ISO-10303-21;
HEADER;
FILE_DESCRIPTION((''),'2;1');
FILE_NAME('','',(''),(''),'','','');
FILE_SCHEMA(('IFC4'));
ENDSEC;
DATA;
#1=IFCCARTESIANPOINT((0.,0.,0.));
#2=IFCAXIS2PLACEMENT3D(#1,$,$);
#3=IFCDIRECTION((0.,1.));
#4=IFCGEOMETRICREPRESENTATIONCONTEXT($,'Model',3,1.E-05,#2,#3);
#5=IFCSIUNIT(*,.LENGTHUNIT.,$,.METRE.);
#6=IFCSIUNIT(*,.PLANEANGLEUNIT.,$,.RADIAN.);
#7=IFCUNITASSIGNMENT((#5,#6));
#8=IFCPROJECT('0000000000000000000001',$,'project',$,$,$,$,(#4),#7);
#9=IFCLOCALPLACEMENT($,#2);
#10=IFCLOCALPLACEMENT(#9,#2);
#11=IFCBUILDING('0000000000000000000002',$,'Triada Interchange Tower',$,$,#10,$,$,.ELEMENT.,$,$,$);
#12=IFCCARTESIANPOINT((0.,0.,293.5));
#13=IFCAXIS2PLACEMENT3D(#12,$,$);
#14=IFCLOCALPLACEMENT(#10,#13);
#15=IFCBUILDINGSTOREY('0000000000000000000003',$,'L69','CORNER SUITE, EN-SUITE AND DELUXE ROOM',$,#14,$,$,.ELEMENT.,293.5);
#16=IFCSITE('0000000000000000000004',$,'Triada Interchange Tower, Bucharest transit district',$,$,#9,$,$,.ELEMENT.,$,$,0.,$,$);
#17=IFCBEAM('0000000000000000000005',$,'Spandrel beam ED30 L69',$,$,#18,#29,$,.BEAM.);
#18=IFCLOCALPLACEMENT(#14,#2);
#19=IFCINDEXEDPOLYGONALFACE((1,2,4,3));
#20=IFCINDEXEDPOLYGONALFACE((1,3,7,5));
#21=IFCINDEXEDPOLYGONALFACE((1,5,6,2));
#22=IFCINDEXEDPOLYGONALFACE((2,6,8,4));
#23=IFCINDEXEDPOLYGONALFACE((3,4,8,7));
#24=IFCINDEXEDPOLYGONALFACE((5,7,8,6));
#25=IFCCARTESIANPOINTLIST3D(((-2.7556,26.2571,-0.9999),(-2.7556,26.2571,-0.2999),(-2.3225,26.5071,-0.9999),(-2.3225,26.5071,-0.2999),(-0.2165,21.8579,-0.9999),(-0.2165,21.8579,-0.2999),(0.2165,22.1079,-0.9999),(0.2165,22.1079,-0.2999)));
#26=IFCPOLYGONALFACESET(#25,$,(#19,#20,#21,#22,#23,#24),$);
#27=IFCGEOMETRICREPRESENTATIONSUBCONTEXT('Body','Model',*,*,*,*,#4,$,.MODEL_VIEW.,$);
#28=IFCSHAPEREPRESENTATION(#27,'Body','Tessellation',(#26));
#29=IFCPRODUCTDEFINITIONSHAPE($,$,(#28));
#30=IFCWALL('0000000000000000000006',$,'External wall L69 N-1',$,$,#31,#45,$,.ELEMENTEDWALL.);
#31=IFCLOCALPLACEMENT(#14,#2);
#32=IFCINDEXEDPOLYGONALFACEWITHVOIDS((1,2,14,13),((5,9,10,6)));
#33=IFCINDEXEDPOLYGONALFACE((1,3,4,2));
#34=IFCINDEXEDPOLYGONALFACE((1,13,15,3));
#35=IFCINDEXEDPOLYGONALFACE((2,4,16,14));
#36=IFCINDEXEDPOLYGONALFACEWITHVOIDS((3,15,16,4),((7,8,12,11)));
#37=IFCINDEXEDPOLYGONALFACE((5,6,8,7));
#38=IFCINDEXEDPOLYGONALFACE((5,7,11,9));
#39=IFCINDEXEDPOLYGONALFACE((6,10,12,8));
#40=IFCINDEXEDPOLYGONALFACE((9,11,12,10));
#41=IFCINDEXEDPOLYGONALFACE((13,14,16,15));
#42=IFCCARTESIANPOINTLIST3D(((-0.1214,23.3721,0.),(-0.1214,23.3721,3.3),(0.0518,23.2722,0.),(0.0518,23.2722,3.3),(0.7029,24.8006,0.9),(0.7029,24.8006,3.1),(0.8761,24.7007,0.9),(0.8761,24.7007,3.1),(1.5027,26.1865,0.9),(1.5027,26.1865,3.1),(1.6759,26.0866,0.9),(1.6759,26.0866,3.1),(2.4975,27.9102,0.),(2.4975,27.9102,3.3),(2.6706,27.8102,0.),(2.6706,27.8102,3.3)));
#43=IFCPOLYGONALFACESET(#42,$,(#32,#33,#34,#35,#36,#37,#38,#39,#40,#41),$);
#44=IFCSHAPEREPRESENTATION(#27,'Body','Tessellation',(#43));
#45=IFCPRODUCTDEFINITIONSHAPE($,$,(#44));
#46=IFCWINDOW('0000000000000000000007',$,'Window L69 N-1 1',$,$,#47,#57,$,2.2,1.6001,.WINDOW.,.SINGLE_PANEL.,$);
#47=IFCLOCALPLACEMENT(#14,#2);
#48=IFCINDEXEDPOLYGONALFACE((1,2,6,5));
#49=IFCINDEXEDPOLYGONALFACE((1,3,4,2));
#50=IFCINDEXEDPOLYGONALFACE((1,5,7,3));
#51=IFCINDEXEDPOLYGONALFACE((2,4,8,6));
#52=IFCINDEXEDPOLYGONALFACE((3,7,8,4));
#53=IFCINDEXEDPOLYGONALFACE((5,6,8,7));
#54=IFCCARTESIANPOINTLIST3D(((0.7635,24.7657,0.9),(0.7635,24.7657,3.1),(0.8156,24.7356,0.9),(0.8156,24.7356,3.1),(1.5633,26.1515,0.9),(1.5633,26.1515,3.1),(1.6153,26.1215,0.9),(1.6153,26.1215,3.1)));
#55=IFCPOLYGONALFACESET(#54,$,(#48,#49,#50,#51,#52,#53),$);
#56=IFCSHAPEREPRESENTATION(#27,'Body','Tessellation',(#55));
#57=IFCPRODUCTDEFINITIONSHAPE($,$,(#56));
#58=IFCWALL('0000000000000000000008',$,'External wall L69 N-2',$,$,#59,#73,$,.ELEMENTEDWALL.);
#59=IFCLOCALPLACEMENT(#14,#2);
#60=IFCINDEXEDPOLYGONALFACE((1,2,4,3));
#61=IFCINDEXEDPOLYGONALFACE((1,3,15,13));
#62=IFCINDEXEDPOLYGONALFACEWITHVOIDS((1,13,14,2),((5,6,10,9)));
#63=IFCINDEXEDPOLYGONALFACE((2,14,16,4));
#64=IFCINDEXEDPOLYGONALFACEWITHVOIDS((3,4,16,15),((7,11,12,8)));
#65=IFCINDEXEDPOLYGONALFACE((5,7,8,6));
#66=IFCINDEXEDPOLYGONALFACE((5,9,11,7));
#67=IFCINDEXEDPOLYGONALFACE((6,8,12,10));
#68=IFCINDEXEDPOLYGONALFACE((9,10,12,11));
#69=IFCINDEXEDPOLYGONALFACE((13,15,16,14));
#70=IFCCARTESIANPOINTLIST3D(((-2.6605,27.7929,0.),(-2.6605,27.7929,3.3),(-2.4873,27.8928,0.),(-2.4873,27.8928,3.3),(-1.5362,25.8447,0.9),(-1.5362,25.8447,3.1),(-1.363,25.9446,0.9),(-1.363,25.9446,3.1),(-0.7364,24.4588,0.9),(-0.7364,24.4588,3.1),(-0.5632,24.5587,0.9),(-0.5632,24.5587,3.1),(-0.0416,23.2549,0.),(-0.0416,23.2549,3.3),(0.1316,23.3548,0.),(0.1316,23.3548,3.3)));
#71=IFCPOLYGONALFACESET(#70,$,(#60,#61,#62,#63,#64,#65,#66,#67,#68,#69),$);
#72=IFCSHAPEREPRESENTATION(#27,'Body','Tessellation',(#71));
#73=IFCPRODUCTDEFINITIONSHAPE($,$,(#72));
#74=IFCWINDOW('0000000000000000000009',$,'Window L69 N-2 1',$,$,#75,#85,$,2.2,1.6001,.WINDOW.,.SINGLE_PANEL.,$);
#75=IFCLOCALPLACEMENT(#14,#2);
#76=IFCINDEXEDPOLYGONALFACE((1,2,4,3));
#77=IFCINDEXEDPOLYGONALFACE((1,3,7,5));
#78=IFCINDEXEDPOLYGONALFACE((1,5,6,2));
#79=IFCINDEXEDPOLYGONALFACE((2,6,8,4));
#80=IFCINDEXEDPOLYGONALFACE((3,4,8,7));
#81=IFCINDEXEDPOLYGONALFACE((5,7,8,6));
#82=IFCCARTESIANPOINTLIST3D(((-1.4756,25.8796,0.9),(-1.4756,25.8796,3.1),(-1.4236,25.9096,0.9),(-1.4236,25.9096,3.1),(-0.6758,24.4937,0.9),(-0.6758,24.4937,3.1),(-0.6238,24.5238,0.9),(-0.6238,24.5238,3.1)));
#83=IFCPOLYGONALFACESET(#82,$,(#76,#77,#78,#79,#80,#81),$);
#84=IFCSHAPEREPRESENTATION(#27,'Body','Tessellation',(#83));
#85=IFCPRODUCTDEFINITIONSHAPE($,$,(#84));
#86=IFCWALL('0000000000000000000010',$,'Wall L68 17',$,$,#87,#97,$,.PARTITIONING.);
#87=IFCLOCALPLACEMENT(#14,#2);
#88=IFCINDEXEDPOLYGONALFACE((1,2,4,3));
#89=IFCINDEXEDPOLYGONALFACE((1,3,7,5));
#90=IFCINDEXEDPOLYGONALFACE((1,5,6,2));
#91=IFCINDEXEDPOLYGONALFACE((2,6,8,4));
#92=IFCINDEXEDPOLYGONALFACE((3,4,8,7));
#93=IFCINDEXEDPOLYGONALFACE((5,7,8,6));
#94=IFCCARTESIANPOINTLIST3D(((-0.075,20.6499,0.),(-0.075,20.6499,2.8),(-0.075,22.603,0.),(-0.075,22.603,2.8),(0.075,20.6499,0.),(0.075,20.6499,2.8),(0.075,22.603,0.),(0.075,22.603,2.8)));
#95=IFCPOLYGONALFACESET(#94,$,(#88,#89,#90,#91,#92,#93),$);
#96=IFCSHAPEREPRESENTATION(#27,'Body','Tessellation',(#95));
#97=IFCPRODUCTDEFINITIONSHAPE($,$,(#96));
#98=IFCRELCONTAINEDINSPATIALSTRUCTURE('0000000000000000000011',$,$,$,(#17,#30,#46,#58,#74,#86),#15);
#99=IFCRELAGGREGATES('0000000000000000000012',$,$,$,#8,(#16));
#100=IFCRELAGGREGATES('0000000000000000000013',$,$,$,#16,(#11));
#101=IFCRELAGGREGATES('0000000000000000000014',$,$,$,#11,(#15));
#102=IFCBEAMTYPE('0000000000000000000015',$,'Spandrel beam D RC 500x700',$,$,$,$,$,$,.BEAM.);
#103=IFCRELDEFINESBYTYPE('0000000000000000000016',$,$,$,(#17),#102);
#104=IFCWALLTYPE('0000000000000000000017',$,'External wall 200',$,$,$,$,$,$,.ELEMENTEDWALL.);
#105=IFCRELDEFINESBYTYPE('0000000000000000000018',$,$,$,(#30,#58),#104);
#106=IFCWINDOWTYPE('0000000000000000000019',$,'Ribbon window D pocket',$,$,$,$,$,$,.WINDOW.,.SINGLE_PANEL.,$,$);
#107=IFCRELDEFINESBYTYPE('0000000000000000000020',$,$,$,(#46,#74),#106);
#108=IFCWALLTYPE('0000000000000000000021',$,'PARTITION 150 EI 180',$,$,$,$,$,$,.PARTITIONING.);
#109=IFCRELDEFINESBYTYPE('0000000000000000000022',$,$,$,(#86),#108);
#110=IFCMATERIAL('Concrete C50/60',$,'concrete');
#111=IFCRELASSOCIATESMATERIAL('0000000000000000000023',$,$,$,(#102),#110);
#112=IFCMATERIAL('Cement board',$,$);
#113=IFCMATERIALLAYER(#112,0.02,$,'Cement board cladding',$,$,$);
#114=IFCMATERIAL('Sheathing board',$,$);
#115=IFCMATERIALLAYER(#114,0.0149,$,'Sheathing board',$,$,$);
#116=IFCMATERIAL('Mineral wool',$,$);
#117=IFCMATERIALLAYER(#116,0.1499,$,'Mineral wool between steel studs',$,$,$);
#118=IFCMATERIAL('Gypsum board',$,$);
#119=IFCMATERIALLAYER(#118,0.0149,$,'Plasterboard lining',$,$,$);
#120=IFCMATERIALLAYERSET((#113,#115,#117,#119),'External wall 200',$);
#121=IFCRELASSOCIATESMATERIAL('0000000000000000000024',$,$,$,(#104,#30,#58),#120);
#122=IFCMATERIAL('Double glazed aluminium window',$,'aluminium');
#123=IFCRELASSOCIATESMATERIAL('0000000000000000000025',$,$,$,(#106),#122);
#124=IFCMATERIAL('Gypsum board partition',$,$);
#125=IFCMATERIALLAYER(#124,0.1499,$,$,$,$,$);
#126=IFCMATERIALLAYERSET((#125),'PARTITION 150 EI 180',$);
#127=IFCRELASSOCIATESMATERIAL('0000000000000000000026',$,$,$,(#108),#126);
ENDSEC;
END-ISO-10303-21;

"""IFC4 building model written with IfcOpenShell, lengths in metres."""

from ifc_helpers import new_model, si_unit, direction, frame, frame_2d, origin, origin_2d, place, context, subcontext, project, spatial, rectangle, extrude, material, layer, layer_set, layer_usage, material_profile, profile_set, type_object, element, fill, save


model = new_model("IFC4")

# Units and contexts
model_context = context("Model", 3, precision=1e-05, world=origin(), true_north=direction((0.0, 1.0)))
body_context = subcontext(model_context, "Body", "Model", "MODEL_VIEW")
ifc_project = project(units=[si_unit("LENGTHUNIT", "METRE"), si_unit("PLANEANGLEUNIT", "RADIAN")], contexts=[model_context])

# Site, building, storey
site_placement = place(None, origin())
site = spatial("IfcSite", under=ifc_project, at=site_placement, Name="Triada Interchange Tower, Bucharest transit district", CompositionType="ELEMENT", RefElevation=0.0)
building_placement = place(site_placement, origin())
building = spatial("IfcBuilding", under=site, at=building_placement, Name="Triada Interchange Tower", CompositionType="ELEMENT")
storey_placement = place(building_placement, frame((0.0, 0.0, 293.5)))
storey = spatial("IfcBuildingStorey", under=building, at=storey_placement, Name="L69", Description="CORNER SUITE, EN-SUITE AND DELUXE ROOM", CompositionType="ELEMENT", Elevation=293.5)

# Beam
ifc_material_1 = material(Name="Concrete C50/60", Category="concrete")
ifc_material_profile_1 = material_profile(ifc_material_1, rectangle(XDim=0.5, YDim=0.7, at=origin_2d()), Name="RC 500x700")
ifc_profile_set_1 = profile_set([ifc_material_profile_1], Name="Concrete C50/60")
beam_type_1 = type_object("IfcBeamType", Name="Spandrel beam D RC 500x700", PredefinedType="BEAM", material=ifc_profile_set_1)
for number, where, z_axis, x_axis, name in (
    (1, (0.0, 21.9829, -0.6499), (-0.499882, 0.866094, 0.0), (-0.866094, -0.499882, 0.0), "Spandrel beam ED30 L69"),
):
    element("IfcBeam", number, at=place(storey_placement, frame(where, z_axis=z_axis, x_axis=x_axis)), inside=storey, type_object=beam_type_1, Name=name, PredefinedType="BEAM", context=body_context, shape_type="SweptSolid", body=[
        extrude(rectangle(XDim=0.5, YDim=0.7, at=origin_2d()), origin(), (0.0, 0.0, 1.0), 5.0793),
    ])

# Walls, openings, windows
ifc_material_2 = material(Name="Cement board")
ifc_layer_1 = layer(ifc_material_2, 0.02, Name="Cement board cladding")
ifc_material_3 = material(Name="Sheathing board")
ifc_layer_2 = layer(ifc_material_3, 0.0149, Name="Sheathing board")
ifc_material_4 = material(Name="Mineral wool")
ifc_layer_3 = layer(ifc_material_4, 0.1499, Name="Mineral wool between steel studs")
ifc_material_5 = material(Name="Gypsum board")
ifc_layer_4 = layer(ifc_material_5, 0.0149, Name="Plasterboard lining")
ifc_layer_set_1 = layer_set([ifc_layer_1, ifc_layer_2, ifc_layer_3, ifc_layer_4], Name="External wall 200")
ifc_layer_usage = layer_usage(ifc_layer_set_1, "AXIS2", "POSITIVE", -0.1001)
wall_type_1 = type_object("IfcWallType", Name="External wall 200", PredefinedType="ELEMENTEDWALL", material=ifc_layer_set_1)
wall_1_placement = place(storey_placement, frame((2.584, 27.8601, 0.0), z_axis=(0.0, 0.0, 1.0), x_axis=(-0.499833, -0.866122, 0.0)))
wall_1 = element("IfcWall", 2, at=wall_1_placement, inside=storey, type_object=wall_type_1, material=ifc_layer_usage, Name="External wall L69 N-1", PredefinedType="ELEMENTEDWALL", context=body_context, shape_type="SweptSolid", body=[
    extrude(rectangle(XDim=5.2395, YDim=0.2, at=frame_2d((2.6196, 0.0))), origin(), (0.0, 0.0, 1.0), 3.3),
])
opening_1_placement = place(wall_1_placement, frame((1.99, 0.0, 0.8999)))
opening_1 = element("IfcOpeningElement", 3, at=opening_1_placement, cuts=wall_1, PredefinedType="OPENING", context=body_context, shape_type="SweptSolid", body=[
    extrude(rectangle(XDim=1.6001, YDim=2.2, at=frame_2d((0.8, 1.1001))), frame((0.0, 0.1099, 0.0), z_axis=(0.0, -1.0, 0.0), x_axis=(1.0, 0.0, 0.0)), (0.0, 0.0, 1.0), 0.22),
])
ifc_material_6 = material(Name="Double glazed aluminium window", Category="aluminium")
window_type = type_object("IfcWindowType", Name="Ribbon window D pocket", PartitioningType="SINGLE_PANEL", PredefinedType="WINDOW", material=ifc_material_6)
window_1_placement = place(opening_1_placement, origin())
window_1 = element("IfcWindow", 4, at=window_1_placement, inside=storey, type_object=window_type, Name="Window L69 N-1 1", OverallHeight=2.2, OverallWidth=1.6001, PartitioningType="SINGLE_PANEL", PredefinedType="WINDOW", context=body_context, shape_type="SweptSolid", body=[
    extrude(rectangle(XDim=1.6001, YDim=2.2, at=frame_2d((0.8, 1.1001))), frame((0.0, 0.03, 0.0), z_axis=(0.0, -1.0, 0.0), x_axis=(1.0, 0.0, 0.0)), (0.0, 0.0, 1.0), 0.0601),
])
fill(opening_1, window_1)
wall_2_placement = place(storey_placement, frame((0.0449, 23.3049, 0.0), z_axis=(0.0, 0.0, 1.0), x_axis=(-0.499833, 0.866122, 0.0)))
wall_2 = element("IfcWall", 5, at=wall_2_placement, inside=storey, type_object=wall_type_1, material=ifc_layer_usage, Name="External wall L69 N-2", PredefinedType="ELEMENTEDWALL", context=body_context, shape_type="SweptSolid", body=[
    extrude(rectangle(XDim=5.2395, YDim=0.2, at=frame_2d((2.6196, 0.0))), origin(), (0.0, 0.0, 1.0), 3.3),
])
opening_2_placement = place(wall_2_placement, frame((1.3899, 0.0, 0.8999)))
opening_2 = element("IfcOpeningElement", 6, at=opening_2_placement, cuts=wall_2, PredefinedType="OPENING", context=body_context, shape_type="SweptSolid", body=[
    extrude(rectangle(XDim=1.6001, YDim=2.2, at=frame_2d((0.8, 1.1001))), frame((0.0, 0.1099, 0.0), z_axis=(0.0, -1.0, 0.0), x_axis=(1.0, 0.0, 0.0)), (0.0, 0.0, 1.0), 0.22),
])
window_2_placement = place(opening_2_placement, origin())
window_2 = element("IfcWindow", 7, at=window_2_placement, inside=storey, type_object=window_type, Name="Window L69 N-2 1", OverallHeight=2.2, OverallWidth=1.6001, PartitioningType="SINGLE_PANEL", PredefinedType="WINDOW", context=body_context, shape_type="SweptSolid", body=[
    extrude(rectangle(XDim=1.6001, YDim=2.2, at=frame_2d((0.8, 1.1001))), frame((0.0, 0.03, 0.0), z_axis=(0.0, -1.0, 0.0), x_axis=(1.0, 0.0, 0.0)), (0.0, 0.0, 1.0), 0.0601),
])
fill(opening_2, window_2)

# Wall
ifc_material_7 = material(Name="Gypsum board partition")
ifc_layer_5 = layer(ifc_material_7, 0.1499)
ifc_layer_set_2 = layer_set([ifc_layer_5], Name="PARTITION 150 EI 180")
wall_type_2 = type_object("IfcWallType", Name="PARTITION 150 EI 180", PredefinedType="PARTITIONING", material=ifc_layer_set_2)
wall_3_placement = place(storey_placement, frame((0.0, 20.6499, 0.0), z_axis=(0.0, 0.0, 1.0), x_axis=(0.0, 1.0, 0.0)))
element("IfcWall", 8, at=wall_3_placement, inside=storey, type_object=wall_type_2, Name="Wall L68 17", PredefinedType="PARTITIONING", context=body_context, shape_type="SweptSolid", body=[
    extrude(rectangle(XDim=1.9531, YDim=0.1499, at=frame_2d((0.9766, 0.0))), origin(), (0.0, 0.0, 1.0), 2.8),
])

save(model, "model.ifc")
